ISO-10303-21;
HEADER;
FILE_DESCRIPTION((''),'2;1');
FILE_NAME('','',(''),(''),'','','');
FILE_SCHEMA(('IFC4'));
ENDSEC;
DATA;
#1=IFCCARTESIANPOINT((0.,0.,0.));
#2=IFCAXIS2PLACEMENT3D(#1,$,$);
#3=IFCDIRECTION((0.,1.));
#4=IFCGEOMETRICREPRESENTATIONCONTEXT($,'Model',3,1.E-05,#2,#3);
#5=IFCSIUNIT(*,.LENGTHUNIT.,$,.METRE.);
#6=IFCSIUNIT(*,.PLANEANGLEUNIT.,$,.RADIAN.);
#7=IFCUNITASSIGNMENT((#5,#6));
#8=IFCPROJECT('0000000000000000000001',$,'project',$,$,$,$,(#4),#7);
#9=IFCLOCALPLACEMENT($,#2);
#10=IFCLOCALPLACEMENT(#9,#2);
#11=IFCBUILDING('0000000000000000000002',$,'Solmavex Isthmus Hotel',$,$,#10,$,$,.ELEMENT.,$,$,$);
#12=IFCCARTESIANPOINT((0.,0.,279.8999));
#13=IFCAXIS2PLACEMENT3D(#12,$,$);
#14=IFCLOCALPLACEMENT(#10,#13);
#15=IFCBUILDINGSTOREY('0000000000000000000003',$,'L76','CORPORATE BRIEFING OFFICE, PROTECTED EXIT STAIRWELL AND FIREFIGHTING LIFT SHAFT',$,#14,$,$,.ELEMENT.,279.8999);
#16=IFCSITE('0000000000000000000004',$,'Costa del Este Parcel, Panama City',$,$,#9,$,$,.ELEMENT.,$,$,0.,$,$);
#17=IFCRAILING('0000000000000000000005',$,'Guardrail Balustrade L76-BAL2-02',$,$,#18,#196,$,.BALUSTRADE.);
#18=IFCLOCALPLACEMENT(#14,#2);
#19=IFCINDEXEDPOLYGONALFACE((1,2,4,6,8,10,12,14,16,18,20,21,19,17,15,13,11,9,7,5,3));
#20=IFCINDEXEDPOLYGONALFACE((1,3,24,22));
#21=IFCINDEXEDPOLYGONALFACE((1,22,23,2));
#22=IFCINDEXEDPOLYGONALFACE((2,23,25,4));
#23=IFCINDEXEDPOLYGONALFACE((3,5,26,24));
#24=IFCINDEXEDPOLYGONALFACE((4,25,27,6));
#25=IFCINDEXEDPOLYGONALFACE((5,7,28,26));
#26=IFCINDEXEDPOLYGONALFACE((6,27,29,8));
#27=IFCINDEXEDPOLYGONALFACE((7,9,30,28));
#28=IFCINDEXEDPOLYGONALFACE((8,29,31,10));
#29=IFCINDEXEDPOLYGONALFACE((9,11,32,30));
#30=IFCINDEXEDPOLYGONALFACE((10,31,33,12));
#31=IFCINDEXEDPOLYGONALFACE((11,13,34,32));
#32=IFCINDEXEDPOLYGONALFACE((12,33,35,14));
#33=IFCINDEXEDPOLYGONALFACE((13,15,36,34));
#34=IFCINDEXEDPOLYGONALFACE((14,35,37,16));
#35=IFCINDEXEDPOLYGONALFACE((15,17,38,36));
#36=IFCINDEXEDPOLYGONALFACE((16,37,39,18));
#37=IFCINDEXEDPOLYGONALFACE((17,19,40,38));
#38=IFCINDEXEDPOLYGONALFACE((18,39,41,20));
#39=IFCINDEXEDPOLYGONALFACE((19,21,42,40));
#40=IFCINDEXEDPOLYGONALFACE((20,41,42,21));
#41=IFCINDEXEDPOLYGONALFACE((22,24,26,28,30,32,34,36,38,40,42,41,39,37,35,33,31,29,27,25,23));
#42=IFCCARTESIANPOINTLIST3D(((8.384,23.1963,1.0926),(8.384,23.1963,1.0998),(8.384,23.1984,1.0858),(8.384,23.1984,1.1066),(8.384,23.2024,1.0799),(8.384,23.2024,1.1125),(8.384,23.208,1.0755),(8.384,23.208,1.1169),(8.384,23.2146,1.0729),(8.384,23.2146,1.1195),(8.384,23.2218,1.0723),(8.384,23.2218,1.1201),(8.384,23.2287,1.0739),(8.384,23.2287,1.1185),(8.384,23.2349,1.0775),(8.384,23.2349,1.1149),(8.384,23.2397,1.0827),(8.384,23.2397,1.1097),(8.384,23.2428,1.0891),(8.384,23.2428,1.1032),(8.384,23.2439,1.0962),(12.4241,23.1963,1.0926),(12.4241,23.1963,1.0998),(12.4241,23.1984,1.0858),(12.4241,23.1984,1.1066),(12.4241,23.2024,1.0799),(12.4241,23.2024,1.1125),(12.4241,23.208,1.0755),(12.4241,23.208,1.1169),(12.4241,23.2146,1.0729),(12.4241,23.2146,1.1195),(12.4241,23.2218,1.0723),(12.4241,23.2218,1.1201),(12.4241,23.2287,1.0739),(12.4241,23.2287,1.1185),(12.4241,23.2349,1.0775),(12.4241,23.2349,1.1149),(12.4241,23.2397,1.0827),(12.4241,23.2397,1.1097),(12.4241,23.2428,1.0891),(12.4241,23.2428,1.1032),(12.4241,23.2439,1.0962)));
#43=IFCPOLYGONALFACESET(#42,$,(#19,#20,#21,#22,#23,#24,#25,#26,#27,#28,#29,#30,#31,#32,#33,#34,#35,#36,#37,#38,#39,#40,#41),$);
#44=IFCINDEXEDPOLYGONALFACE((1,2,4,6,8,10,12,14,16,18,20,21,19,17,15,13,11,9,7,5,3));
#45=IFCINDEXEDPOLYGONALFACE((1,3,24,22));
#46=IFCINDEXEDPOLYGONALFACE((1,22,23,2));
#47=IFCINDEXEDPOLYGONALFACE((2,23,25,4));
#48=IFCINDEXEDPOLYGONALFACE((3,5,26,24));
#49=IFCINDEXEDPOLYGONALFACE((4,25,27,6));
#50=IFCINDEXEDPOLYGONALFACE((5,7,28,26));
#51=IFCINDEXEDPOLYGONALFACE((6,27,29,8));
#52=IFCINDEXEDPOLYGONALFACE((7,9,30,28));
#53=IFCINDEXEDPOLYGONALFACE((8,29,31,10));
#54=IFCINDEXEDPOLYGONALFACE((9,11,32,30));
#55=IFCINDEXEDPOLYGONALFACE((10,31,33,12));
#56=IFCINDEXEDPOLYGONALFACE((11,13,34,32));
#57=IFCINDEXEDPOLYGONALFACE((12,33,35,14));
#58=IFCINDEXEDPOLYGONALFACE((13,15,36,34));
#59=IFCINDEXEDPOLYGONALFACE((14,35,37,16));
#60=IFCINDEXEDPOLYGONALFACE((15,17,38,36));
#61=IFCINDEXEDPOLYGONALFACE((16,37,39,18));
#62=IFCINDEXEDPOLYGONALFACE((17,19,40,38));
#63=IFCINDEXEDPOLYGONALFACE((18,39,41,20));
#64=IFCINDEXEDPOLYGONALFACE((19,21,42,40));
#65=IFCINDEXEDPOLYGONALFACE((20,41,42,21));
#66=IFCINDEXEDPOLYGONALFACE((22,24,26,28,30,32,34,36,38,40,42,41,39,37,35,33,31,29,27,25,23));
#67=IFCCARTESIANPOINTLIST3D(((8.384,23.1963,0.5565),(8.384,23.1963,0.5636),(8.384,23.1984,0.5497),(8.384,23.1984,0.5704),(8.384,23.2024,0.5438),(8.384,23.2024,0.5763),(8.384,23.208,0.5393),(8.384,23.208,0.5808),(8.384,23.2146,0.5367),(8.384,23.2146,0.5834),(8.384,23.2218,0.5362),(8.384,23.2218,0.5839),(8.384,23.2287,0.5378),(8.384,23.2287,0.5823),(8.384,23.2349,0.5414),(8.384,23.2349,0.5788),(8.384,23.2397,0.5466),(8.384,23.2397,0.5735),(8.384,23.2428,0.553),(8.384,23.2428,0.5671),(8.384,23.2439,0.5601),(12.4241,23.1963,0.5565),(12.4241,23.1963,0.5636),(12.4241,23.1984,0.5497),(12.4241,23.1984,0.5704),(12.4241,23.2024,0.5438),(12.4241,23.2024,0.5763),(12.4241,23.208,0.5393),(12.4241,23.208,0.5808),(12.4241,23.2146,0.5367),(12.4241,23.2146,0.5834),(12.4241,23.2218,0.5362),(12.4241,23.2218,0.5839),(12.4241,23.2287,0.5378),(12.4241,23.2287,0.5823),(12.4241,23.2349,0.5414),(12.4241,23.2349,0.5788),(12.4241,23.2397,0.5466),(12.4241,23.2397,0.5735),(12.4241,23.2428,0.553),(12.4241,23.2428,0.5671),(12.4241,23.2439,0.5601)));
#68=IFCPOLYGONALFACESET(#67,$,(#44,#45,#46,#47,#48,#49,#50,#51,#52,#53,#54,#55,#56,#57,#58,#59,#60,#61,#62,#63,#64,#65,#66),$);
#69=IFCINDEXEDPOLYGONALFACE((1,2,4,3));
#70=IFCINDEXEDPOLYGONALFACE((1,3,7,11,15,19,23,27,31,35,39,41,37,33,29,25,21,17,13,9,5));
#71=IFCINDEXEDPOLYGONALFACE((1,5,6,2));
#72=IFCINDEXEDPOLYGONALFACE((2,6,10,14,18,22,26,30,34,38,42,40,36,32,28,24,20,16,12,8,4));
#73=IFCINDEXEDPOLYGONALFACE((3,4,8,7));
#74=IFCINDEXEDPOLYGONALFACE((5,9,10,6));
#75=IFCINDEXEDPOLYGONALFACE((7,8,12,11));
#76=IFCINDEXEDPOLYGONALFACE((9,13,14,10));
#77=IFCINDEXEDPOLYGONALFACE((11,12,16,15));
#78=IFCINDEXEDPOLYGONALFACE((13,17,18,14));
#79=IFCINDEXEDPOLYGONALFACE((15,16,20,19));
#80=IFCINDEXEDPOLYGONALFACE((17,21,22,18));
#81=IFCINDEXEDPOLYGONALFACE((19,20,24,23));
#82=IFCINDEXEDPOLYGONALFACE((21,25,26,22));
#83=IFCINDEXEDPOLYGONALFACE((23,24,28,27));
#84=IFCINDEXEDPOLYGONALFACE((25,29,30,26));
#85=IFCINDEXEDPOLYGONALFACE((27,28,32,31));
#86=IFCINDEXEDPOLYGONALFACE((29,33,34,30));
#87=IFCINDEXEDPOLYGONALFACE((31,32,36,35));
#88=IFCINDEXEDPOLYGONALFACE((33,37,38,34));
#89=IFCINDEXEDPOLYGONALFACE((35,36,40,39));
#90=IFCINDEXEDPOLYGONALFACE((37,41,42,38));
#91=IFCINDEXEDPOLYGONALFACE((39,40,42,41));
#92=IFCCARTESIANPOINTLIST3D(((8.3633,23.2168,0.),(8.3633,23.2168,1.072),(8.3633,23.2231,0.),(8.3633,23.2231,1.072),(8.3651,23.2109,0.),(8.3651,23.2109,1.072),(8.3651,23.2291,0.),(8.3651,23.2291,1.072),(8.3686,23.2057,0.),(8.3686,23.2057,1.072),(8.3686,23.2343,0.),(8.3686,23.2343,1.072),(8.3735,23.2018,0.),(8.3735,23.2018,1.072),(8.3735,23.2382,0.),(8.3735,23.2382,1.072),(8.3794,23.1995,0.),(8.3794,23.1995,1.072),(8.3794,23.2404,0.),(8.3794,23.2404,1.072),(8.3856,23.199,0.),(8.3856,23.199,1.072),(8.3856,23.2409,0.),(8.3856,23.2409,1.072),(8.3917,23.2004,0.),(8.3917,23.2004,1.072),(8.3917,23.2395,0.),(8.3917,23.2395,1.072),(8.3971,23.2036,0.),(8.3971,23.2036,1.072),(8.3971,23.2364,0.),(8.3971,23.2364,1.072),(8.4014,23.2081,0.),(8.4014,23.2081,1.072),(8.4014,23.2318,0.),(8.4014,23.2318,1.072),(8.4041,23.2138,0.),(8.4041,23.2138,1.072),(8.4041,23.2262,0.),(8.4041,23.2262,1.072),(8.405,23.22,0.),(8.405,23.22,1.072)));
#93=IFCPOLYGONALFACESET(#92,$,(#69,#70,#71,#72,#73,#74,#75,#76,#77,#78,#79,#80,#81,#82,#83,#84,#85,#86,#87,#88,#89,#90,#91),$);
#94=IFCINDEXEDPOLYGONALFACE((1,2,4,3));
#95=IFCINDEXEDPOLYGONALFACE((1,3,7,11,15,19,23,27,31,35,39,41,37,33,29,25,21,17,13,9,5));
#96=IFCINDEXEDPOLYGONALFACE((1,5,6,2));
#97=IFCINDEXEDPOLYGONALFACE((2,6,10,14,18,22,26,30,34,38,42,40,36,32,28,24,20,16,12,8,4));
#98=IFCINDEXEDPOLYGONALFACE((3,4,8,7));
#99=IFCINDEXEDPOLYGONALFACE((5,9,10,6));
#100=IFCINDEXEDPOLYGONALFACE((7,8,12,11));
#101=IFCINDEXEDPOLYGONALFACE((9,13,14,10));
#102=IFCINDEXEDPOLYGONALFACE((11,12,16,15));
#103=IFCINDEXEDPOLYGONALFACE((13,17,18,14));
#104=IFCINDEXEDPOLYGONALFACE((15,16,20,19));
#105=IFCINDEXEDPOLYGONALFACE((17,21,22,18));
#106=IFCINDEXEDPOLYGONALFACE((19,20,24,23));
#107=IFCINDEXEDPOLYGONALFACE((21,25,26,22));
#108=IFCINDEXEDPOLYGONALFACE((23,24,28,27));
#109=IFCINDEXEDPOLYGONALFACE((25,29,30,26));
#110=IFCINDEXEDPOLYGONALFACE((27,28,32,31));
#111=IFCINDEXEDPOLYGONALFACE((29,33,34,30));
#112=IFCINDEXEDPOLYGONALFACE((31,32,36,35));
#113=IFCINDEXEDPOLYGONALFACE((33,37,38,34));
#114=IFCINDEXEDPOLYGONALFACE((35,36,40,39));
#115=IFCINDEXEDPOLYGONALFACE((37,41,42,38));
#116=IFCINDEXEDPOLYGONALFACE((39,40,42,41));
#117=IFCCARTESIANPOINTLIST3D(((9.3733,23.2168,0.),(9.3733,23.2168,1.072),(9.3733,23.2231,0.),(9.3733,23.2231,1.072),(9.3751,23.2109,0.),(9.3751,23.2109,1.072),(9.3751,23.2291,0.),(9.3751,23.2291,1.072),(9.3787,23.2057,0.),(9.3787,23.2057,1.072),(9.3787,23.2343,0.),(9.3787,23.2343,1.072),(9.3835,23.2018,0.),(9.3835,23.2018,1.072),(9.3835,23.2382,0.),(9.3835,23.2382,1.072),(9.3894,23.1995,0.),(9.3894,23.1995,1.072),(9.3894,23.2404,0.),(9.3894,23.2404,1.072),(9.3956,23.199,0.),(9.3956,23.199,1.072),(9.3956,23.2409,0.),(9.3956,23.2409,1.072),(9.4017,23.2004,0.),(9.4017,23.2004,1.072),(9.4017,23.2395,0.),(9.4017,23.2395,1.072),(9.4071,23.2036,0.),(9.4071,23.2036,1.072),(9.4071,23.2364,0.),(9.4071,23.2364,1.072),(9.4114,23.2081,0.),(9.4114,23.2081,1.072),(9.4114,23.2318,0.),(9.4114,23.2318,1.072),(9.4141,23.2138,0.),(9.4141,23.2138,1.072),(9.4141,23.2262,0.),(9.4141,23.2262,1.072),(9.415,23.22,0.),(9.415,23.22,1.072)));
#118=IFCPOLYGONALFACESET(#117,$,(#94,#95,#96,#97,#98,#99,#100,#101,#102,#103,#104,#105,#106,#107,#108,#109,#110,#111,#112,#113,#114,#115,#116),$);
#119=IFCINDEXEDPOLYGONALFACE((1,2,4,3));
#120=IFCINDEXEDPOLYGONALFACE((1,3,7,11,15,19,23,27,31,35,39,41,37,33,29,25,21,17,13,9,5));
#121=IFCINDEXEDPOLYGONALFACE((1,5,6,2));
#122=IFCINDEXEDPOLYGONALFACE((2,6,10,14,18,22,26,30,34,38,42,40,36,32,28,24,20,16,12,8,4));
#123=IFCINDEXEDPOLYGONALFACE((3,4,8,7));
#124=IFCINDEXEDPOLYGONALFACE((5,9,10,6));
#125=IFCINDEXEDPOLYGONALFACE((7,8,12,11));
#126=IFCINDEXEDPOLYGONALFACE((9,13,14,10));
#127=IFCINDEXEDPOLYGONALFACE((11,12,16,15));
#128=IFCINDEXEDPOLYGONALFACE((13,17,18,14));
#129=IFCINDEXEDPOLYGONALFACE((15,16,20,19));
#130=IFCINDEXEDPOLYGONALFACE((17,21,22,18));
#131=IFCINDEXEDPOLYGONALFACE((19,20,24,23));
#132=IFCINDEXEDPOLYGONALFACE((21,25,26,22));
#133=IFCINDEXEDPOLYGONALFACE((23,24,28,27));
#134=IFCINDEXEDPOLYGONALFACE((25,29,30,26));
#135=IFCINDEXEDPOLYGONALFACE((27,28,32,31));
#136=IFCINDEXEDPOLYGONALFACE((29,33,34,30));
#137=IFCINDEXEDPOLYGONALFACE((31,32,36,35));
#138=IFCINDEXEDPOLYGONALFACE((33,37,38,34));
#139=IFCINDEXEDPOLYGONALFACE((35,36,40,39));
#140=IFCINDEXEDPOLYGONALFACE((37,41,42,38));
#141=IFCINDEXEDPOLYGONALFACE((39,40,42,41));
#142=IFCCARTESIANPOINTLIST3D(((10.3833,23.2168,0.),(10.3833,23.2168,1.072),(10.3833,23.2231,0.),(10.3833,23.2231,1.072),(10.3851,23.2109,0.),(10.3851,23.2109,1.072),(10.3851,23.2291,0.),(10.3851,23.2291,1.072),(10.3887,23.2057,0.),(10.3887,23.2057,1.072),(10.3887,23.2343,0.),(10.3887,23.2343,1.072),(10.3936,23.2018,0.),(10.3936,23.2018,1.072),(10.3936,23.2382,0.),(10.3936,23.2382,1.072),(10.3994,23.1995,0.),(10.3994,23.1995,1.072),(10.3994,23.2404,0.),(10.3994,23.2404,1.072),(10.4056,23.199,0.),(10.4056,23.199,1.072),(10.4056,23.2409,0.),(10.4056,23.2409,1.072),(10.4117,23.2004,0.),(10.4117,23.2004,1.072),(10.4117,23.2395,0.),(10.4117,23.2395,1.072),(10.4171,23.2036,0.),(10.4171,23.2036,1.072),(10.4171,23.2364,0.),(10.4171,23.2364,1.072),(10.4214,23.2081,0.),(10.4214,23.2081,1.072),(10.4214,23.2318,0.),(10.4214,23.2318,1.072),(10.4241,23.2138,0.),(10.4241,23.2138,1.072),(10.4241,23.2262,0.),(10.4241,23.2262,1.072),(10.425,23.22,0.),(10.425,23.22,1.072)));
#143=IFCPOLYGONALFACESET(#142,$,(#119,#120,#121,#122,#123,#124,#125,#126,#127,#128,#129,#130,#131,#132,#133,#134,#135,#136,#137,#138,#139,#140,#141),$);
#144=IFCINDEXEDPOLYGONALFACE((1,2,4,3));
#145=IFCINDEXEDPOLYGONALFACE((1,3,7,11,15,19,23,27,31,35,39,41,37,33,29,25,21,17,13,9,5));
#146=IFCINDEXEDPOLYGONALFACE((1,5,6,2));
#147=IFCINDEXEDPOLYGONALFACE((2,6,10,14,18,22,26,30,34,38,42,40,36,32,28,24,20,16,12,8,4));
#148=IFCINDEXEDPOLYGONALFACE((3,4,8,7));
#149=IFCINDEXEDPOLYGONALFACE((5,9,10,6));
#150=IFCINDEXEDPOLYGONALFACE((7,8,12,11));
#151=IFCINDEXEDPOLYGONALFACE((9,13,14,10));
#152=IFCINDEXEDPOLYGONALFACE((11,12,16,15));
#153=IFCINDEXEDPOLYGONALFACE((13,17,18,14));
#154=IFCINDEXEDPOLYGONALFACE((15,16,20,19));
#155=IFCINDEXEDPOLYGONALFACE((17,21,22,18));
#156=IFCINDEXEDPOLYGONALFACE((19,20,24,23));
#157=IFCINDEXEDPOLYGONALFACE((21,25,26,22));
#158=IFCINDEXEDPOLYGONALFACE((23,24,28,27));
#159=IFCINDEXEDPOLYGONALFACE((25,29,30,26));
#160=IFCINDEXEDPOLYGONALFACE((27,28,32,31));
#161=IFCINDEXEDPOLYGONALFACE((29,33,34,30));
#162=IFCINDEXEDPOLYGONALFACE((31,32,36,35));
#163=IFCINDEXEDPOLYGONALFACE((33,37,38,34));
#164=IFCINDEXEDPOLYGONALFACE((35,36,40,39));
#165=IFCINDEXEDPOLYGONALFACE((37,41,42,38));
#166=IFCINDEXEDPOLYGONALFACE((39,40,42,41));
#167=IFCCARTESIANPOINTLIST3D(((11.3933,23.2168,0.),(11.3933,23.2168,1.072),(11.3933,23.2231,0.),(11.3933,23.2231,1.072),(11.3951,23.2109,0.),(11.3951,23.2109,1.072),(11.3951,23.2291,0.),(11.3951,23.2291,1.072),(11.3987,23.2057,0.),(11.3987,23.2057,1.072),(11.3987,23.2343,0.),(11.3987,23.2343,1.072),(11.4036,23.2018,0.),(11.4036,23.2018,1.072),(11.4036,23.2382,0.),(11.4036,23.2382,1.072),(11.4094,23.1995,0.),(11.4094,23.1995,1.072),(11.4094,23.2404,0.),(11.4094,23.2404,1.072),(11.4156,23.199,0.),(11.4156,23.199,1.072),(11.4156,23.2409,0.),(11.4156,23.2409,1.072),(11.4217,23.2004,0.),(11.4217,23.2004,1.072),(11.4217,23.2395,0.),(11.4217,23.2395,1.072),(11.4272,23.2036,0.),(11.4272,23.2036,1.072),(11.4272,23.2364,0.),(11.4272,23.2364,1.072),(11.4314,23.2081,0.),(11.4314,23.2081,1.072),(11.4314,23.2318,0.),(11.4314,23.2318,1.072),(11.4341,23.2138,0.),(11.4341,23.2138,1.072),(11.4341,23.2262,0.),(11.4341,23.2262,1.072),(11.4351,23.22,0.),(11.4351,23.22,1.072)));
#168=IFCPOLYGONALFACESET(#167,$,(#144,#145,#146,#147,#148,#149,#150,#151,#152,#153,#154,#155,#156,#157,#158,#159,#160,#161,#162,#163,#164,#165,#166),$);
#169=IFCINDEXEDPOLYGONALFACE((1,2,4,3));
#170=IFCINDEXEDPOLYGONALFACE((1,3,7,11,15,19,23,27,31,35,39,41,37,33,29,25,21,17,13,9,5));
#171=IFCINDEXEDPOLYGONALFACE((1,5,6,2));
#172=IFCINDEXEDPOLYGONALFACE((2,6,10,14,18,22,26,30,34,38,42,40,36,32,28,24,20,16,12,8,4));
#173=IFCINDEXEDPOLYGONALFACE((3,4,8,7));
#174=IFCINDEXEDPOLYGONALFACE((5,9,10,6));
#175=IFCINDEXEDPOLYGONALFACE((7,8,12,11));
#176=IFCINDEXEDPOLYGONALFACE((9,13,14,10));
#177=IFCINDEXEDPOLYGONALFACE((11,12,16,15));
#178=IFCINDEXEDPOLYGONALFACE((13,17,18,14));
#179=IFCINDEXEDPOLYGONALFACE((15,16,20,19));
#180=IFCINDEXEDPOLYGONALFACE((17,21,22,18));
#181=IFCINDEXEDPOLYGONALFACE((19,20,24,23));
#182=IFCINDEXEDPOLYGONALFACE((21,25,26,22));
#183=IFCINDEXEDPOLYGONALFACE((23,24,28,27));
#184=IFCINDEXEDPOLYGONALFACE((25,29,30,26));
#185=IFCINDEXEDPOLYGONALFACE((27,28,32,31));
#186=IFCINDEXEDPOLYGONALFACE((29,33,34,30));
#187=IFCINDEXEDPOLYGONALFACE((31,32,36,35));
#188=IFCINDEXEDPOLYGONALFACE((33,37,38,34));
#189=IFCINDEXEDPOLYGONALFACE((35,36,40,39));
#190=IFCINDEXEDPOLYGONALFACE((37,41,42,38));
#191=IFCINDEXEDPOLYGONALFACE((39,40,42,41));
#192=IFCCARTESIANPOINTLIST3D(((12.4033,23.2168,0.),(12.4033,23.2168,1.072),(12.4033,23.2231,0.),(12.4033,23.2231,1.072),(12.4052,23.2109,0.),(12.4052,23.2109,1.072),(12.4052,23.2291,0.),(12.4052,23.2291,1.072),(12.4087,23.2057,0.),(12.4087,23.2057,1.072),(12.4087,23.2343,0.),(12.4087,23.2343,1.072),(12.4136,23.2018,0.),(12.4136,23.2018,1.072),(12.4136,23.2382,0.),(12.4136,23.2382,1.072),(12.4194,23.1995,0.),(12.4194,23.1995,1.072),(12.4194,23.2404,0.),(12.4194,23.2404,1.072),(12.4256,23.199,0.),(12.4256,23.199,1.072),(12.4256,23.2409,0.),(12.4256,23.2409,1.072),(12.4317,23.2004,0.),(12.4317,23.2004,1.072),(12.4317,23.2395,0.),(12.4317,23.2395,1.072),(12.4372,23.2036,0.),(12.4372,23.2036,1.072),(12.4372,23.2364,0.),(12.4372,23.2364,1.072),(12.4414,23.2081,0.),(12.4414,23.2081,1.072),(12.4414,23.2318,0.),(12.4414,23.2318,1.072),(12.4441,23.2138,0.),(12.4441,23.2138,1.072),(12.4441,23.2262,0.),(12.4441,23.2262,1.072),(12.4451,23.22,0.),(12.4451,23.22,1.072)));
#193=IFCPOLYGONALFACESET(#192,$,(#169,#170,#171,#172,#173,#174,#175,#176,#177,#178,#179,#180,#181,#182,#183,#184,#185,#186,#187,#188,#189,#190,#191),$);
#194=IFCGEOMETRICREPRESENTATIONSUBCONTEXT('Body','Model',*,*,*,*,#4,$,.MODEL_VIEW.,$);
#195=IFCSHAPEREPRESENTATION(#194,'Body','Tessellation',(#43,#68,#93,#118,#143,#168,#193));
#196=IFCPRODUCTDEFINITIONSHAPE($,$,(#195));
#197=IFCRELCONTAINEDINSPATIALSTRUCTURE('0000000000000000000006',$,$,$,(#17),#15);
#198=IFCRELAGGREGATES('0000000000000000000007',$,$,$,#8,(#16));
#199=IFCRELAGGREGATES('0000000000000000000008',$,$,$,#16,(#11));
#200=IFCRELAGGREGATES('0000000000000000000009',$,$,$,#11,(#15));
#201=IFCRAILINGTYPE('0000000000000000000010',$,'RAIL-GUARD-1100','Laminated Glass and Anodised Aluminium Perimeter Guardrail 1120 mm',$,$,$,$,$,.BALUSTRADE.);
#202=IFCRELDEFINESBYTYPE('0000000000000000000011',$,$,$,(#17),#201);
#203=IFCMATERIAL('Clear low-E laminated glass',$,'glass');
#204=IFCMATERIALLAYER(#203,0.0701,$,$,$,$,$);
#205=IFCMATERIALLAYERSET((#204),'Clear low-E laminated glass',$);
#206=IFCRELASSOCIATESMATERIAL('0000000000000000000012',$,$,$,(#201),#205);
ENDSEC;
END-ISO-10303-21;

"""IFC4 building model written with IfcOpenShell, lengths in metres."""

from ifc_helpers import new_model, si_unit, direction, frame, origin, origin_2d, place, context, subcontext, project, spatial, circle, extrude, material, layer, layer_set, type_object, element, save


model = new_model("IFC4")

# Units and contexts
model_context = context("Model", 3, precision=1e-05, world=origin(), true_north=direction((0.0, 1.0)))
body_context = subcontext(model_context, "Body", "Model", "MODEL_VIEW")
ifc_project = project(units=[si_unit("LENGTHUNIT", "METRE"), si_unit("PLANEANGLEUNIT", "RADIAN")], contexts=[model_context])

# Site, building, storey
site_placement = place(None, origin())
site = spatial("IfcSite", under=ifc_project, at=site_placement, Name="Costa del Este Parcel, Panama City", CompositionType="ELEMENT", RefElevation=0.0)
building_placement = place(site_placement, origin())
building = spatial("IfcBuilding", under=site, at=building_placement, Name="Solmavex Isthmus Hotel", CompositionType="ELEMENT")
storey_placement = place(building_placement, frame((0.0, 0.0, 279.8999)))
storey = spatial("IfcBuildingStorey", under=building, at=storey_placement, Name="L76", Description="CORPORATE BRIEFING OFFICE, PROTECTED EXIT STAIRWELL AND FIREFIGHTING LIFT SHAFT", CompositionType="ELEMENT", Elevation=279.8999)

# Shared definitions
ifc_material_1 = material(Name="Clear low-E laminated glass", Category="glass")

# Railing
ifc_layer_1 = layer(ifc_material_1, 0.0701)
ifc_layer_set_1 = layer_set([ifc_layer_1], Name="Clear low-E laminated glass")
railing_type = type_object("IfcRailingType", Name="RAIL-GUARD-1100", Description="Laminated Glass and Anodised Aluminium Perimeter Guardrail 1120 mm", PredefinedType="BALUSTRADE", material=ifc_layer_set_1)
railing_1_placement = place(storey_placement, frame((8.384, 23.22, 0.0)))
element("IfcRailing", 1, at=railing_1_placement, inside=storey, type_object=railing_type, Name="Guardrail Balustrade L76-BAL2-02", PredefinedType="BALUSTRADE", context=body_context, shape_type="SweptSolid", body=[
    extrude(circle(Radius=0.0239, at=origin_2d()), frame((0.0, 0.0, 1.0962), z_axis=(1.0, 0.0, 0.0), x_axis=(0.0, 1.0, 0.0)), (0.0, 0.0, 1.0), 4.04),
    extrude(circle(Radius=0.0239, at=origin_2d()), frame((0.0, 0.0, 0.5601), z_axis=(1.0, 0.0, 0.0), x_axis=(0.0, 1.0, 0.0)), (0.0, 0.0, 1.0), 4.04),
    extrude(circle(Radius=0.021, at=origin_2d()), origin(), (0.0, 0.0, 1.0), 1.072),
    extrude(circle(Radius=0.021, at=origin_2d()), frame((1.01, 0.0, 0.0)), (0.0, 0.0, 1.0), 1.072),
    extrude(circle(Radius=0.021, at=origin_2d()), frame((2.02, 0.0, 0.0)), (0.0, 0.0, 1.0), 1.072),
    extrude(circle(Radius=0.021, at=origin_2d()), frame((3.03, 0.0, 0.0)), (0.0, 0.0, 1.0), 1.072),
    extrude(circle(Radius=0.021, at=origin_2d()), frame((4.04, 0.0, 0.0)), (0.0, 0.0, 1.0), 1.072),
])

save(model, "model.ifc")
